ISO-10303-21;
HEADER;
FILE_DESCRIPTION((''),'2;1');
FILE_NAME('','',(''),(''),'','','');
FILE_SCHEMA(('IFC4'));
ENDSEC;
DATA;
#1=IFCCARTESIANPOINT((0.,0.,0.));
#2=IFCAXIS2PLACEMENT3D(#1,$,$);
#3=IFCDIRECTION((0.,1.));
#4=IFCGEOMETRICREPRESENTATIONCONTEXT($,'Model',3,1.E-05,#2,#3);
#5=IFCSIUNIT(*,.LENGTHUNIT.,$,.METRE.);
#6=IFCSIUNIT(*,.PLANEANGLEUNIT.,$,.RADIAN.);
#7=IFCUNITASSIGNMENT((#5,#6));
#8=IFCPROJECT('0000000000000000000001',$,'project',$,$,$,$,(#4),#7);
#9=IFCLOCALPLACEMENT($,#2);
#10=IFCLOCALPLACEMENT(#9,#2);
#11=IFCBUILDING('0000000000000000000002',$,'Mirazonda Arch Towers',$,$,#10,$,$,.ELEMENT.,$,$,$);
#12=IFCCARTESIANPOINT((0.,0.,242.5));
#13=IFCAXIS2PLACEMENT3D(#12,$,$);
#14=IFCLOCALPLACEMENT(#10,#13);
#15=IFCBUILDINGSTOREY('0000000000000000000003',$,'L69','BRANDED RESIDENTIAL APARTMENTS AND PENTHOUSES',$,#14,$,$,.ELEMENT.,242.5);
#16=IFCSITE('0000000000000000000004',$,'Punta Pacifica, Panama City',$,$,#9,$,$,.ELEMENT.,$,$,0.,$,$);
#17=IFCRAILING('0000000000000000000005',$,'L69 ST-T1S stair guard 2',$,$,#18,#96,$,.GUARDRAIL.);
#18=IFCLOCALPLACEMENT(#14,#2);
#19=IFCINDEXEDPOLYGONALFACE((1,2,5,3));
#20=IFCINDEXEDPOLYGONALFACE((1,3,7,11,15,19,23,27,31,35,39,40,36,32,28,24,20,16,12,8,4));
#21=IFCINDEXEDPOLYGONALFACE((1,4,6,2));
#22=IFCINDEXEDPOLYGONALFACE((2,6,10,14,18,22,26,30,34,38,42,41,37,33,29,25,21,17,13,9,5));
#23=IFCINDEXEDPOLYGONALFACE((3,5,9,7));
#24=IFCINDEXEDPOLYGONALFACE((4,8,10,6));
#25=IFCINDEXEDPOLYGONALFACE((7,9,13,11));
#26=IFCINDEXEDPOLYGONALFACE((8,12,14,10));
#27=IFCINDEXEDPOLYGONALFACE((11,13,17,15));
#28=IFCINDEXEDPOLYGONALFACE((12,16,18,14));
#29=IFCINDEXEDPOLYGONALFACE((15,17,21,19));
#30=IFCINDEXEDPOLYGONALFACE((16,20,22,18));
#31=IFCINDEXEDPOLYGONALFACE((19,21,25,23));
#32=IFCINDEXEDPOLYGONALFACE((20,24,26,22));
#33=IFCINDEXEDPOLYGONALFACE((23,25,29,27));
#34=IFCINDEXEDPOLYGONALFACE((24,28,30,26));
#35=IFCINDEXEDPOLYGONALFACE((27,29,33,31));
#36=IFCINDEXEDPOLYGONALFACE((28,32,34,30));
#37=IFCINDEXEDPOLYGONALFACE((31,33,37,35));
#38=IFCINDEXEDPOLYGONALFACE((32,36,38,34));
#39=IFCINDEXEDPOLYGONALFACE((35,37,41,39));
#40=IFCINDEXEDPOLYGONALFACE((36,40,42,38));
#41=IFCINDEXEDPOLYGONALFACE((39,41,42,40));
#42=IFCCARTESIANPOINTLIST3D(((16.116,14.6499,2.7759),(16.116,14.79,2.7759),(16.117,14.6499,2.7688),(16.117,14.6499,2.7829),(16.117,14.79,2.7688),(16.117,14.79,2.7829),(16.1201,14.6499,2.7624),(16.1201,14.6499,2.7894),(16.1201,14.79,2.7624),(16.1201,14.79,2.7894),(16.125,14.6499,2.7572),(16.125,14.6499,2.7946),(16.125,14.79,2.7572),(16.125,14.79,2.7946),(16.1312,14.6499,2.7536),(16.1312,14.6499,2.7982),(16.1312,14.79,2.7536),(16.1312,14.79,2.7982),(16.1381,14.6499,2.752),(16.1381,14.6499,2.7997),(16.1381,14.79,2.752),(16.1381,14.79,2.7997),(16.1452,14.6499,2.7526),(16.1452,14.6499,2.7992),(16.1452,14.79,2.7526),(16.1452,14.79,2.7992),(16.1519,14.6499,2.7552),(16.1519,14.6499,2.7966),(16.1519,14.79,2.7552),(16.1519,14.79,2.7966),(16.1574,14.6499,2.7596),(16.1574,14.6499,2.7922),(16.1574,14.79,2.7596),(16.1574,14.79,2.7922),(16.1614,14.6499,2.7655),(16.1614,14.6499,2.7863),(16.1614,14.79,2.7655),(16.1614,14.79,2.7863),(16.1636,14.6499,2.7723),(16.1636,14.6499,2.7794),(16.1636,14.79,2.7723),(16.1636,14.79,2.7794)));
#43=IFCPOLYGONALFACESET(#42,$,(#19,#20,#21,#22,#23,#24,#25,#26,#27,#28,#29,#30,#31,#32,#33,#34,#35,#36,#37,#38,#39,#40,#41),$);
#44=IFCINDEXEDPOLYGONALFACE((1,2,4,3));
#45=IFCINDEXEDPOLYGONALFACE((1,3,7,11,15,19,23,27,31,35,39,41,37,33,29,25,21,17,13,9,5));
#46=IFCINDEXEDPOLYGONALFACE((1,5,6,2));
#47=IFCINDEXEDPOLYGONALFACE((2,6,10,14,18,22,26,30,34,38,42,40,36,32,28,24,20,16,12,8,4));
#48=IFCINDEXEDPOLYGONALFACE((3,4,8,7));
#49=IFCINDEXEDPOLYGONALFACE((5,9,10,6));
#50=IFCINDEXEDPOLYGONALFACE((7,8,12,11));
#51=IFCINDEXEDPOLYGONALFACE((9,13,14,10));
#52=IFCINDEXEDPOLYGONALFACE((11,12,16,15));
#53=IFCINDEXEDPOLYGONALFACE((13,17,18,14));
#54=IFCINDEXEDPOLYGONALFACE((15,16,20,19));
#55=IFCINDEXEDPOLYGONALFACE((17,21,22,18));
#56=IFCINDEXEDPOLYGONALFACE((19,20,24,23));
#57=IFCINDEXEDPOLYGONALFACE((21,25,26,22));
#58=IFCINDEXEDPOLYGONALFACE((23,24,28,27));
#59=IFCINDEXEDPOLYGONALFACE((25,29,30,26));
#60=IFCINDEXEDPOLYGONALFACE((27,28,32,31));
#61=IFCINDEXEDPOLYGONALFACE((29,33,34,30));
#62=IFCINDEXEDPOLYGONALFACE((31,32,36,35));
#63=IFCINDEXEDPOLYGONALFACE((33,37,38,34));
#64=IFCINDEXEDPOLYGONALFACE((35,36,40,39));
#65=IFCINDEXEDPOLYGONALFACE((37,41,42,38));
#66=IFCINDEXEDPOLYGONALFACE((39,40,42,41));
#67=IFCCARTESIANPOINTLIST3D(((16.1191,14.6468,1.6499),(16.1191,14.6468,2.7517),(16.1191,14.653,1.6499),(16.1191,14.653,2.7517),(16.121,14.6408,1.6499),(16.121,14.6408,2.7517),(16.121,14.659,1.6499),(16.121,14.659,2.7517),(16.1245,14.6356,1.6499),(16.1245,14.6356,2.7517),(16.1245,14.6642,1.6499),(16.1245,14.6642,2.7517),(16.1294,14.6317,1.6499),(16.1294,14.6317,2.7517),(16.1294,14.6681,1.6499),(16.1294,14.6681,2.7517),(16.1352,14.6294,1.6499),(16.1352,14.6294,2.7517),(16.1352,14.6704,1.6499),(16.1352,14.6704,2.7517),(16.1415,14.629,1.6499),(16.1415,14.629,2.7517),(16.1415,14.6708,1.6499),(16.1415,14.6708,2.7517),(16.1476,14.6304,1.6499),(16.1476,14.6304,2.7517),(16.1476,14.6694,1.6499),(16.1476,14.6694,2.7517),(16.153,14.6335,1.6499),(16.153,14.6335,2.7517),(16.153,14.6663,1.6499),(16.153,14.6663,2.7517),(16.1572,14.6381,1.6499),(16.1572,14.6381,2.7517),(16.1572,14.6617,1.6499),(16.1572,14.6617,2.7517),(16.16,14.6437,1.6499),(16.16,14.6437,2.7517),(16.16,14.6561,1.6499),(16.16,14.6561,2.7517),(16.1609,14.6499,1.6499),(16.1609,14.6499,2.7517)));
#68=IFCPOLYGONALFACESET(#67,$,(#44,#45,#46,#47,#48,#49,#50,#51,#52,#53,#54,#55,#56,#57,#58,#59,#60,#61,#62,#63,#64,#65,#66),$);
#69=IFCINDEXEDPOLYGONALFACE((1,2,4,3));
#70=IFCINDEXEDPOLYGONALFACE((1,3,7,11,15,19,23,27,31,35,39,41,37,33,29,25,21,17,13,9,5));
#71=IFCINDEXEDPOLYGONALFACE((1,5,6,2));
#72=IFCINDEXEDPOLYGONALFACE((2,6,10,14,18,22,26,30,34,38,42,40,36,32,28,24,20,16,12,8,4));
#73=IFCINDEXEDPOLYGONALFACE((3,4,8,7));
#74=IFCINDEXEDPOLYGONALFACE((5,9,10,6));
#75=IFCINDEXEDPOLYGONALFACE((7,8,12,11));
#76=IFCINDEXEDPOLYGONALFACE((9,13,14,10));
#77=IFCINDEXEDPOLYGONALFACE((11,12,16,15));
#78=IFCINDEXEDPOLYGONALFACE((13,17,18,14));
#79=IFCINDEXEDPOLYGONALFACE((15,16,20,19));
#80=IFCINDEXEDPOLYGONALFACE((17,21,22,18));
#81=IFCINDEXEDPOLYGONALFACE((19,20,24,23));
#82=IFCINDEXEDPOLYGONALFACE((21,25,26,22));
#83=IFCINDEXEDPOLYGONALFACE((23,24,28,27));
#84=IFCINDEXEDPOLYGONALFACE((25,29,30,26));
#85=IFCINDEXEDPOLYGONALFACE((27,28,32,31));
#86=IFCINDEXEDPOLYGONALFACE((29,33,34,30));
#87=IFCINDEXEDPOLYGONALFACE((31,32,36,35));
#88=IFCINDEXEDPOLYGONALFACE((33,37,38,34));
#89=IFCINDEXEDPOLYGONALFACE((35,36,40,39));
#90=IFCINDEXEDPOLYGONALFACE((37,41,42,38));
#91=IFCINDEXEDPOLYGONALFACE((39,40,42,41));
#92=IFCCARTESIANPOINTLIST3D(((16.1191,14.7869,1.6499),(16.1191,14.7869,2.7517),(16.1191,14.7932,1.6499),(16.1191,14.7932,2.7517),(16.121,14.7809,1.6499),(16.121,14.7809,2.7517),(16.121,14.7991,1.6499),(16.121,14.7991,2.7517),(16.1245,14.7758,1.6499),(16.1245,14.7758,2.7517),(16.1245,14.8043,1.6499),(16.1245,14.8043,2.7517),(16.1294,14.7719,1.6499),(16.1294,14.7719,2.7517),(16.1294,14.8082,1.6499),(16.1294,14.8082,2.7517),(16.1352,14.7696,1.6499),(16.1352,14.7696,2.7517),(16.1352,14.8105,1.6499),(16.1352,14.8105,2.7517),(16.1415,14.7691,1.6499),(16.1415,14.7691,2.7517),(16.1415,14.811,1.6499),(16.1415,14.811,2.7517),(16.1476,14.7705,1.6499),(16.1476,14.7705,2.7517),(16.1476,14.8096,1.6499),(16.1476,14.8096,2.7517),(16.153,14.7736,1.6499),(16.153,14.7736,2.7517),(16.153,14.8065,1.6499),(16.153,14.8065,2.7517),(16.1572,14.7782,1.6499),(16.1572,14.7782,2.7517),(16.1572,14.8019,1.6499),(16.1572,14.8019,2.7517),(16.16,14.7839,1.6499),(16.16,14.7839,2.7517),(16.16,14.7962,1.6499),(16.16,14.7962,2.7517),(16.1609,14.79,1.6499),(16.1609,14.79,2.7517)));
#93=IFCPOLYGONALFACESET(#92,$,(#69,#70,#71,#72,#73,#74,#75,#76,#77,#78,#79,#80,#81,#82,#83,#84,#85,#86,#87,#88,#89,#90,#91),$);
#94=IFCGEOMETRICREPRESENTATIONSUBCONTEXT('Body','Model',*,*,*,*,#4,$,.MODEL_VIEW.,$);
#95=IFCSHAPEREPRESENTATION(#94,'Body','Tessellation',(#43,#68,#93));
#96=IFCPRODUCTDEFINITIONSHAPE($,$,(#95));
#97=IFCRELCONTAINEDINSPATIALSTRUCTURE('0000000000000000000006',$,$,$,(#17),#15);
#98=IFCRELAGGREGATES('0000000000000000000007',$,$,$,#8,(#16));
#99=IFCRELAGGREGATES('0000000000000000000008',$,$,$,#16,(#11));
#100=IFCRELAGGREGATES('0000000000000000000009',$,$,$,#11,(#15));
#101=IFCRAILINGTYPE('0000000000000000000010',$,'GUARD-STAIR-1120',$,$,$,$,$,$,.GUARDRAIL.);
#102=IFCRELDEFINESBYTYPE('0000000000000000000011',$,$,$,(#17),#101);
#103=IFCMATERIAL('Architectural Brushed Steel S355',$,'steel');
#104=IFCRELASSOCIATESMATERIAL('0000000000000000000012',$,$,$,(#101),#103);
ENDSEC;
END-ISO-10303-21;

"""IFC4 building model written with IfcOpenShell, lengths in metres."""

from ifc_helpers import new_model, si_unit, direction, frame, origin, origin_2d, place, context, subcontext, project, spatial, circle, extrude, material, type_object, element, save


model = new_model("IFC4")

# Units and contexts
model_context = context("Model", 3, precision=1e-05, world=origin(), true_north=direction((0.0, 1.0)))
body_context = subcontext(model_context, "Body", "Model", "MODEL_VIEW")
ifc_project = project(units=[si_unit("LENGTHUNIT", "METRE"), si_unit("PLANEANGLEUNIT", "RADIAN")], contexts=[model_context])

# Site, building, storey
site_placement = place(None, origin())
site = spatial("IfcSite", under=ifc_project, at=site_placement, Name="Punta Pacifica, Panama City", CompositionType="ELEMENT", RefElevation=0.0)
building_placement = place(site_placement, origin())
building = spatial("IfcBuilding", under=site, at=building_placement, Name="Mirazonda Arch Towers", CompositionType="ELEMENT")
storey_placement = place(building_placement, frame((0.0, 0.0, 242.5)))
storey = spatial("IfcBuildingStorey", under=building, at=storey_placement, Name="L69", Description="BRANDED RESIDENTIAL APARTMENTS AND PENTHOUSES", CompositionType="ELEMENT", Elevation=242.5)

# Railing
ifc_material_1 = material(Name="Architectural Brushed Steel S355", Category="steel")
railing_type_1 = type_object("IfcRailingType", Name="GUARD-STAIR-1120", PredefinedType="GUARDRAIL", material=ifc_material_1)
railing_1_placement = place(storey_placement, frame((16.1399, 14.6499, 1.6499)))
element("IfcRailing", 1, at=railing_1_placement, inside=storey, type_object=railing_type_1, Name="L69 ST-T1S stair guard 2", PredefinedType="GUARDRAIL", context=body_context, shape_type="SweptSolid", body=[
    extrude(circle(Radius=0.0239, at=origin_2d()), frame((0.0, 0.0, 1.126), z_axis=(0.0, 1.0, 0.0), x_axis=(-1.0, 0.0, 0.0)), (0.0, 0.0, 1.0), 0.1401),
    extrude(circle(Radius=0.021, at=origin_2d()), origin(), (0.0, 0.0, 1.0), 1.1018),
    extrude(circle(Radius=0.021, at=origin_2d()), frame((0.0, 0.1401, 0.0)), (0.0, 0.0, 1.0), 1.1018),
])

save(model, "model.ifc")
